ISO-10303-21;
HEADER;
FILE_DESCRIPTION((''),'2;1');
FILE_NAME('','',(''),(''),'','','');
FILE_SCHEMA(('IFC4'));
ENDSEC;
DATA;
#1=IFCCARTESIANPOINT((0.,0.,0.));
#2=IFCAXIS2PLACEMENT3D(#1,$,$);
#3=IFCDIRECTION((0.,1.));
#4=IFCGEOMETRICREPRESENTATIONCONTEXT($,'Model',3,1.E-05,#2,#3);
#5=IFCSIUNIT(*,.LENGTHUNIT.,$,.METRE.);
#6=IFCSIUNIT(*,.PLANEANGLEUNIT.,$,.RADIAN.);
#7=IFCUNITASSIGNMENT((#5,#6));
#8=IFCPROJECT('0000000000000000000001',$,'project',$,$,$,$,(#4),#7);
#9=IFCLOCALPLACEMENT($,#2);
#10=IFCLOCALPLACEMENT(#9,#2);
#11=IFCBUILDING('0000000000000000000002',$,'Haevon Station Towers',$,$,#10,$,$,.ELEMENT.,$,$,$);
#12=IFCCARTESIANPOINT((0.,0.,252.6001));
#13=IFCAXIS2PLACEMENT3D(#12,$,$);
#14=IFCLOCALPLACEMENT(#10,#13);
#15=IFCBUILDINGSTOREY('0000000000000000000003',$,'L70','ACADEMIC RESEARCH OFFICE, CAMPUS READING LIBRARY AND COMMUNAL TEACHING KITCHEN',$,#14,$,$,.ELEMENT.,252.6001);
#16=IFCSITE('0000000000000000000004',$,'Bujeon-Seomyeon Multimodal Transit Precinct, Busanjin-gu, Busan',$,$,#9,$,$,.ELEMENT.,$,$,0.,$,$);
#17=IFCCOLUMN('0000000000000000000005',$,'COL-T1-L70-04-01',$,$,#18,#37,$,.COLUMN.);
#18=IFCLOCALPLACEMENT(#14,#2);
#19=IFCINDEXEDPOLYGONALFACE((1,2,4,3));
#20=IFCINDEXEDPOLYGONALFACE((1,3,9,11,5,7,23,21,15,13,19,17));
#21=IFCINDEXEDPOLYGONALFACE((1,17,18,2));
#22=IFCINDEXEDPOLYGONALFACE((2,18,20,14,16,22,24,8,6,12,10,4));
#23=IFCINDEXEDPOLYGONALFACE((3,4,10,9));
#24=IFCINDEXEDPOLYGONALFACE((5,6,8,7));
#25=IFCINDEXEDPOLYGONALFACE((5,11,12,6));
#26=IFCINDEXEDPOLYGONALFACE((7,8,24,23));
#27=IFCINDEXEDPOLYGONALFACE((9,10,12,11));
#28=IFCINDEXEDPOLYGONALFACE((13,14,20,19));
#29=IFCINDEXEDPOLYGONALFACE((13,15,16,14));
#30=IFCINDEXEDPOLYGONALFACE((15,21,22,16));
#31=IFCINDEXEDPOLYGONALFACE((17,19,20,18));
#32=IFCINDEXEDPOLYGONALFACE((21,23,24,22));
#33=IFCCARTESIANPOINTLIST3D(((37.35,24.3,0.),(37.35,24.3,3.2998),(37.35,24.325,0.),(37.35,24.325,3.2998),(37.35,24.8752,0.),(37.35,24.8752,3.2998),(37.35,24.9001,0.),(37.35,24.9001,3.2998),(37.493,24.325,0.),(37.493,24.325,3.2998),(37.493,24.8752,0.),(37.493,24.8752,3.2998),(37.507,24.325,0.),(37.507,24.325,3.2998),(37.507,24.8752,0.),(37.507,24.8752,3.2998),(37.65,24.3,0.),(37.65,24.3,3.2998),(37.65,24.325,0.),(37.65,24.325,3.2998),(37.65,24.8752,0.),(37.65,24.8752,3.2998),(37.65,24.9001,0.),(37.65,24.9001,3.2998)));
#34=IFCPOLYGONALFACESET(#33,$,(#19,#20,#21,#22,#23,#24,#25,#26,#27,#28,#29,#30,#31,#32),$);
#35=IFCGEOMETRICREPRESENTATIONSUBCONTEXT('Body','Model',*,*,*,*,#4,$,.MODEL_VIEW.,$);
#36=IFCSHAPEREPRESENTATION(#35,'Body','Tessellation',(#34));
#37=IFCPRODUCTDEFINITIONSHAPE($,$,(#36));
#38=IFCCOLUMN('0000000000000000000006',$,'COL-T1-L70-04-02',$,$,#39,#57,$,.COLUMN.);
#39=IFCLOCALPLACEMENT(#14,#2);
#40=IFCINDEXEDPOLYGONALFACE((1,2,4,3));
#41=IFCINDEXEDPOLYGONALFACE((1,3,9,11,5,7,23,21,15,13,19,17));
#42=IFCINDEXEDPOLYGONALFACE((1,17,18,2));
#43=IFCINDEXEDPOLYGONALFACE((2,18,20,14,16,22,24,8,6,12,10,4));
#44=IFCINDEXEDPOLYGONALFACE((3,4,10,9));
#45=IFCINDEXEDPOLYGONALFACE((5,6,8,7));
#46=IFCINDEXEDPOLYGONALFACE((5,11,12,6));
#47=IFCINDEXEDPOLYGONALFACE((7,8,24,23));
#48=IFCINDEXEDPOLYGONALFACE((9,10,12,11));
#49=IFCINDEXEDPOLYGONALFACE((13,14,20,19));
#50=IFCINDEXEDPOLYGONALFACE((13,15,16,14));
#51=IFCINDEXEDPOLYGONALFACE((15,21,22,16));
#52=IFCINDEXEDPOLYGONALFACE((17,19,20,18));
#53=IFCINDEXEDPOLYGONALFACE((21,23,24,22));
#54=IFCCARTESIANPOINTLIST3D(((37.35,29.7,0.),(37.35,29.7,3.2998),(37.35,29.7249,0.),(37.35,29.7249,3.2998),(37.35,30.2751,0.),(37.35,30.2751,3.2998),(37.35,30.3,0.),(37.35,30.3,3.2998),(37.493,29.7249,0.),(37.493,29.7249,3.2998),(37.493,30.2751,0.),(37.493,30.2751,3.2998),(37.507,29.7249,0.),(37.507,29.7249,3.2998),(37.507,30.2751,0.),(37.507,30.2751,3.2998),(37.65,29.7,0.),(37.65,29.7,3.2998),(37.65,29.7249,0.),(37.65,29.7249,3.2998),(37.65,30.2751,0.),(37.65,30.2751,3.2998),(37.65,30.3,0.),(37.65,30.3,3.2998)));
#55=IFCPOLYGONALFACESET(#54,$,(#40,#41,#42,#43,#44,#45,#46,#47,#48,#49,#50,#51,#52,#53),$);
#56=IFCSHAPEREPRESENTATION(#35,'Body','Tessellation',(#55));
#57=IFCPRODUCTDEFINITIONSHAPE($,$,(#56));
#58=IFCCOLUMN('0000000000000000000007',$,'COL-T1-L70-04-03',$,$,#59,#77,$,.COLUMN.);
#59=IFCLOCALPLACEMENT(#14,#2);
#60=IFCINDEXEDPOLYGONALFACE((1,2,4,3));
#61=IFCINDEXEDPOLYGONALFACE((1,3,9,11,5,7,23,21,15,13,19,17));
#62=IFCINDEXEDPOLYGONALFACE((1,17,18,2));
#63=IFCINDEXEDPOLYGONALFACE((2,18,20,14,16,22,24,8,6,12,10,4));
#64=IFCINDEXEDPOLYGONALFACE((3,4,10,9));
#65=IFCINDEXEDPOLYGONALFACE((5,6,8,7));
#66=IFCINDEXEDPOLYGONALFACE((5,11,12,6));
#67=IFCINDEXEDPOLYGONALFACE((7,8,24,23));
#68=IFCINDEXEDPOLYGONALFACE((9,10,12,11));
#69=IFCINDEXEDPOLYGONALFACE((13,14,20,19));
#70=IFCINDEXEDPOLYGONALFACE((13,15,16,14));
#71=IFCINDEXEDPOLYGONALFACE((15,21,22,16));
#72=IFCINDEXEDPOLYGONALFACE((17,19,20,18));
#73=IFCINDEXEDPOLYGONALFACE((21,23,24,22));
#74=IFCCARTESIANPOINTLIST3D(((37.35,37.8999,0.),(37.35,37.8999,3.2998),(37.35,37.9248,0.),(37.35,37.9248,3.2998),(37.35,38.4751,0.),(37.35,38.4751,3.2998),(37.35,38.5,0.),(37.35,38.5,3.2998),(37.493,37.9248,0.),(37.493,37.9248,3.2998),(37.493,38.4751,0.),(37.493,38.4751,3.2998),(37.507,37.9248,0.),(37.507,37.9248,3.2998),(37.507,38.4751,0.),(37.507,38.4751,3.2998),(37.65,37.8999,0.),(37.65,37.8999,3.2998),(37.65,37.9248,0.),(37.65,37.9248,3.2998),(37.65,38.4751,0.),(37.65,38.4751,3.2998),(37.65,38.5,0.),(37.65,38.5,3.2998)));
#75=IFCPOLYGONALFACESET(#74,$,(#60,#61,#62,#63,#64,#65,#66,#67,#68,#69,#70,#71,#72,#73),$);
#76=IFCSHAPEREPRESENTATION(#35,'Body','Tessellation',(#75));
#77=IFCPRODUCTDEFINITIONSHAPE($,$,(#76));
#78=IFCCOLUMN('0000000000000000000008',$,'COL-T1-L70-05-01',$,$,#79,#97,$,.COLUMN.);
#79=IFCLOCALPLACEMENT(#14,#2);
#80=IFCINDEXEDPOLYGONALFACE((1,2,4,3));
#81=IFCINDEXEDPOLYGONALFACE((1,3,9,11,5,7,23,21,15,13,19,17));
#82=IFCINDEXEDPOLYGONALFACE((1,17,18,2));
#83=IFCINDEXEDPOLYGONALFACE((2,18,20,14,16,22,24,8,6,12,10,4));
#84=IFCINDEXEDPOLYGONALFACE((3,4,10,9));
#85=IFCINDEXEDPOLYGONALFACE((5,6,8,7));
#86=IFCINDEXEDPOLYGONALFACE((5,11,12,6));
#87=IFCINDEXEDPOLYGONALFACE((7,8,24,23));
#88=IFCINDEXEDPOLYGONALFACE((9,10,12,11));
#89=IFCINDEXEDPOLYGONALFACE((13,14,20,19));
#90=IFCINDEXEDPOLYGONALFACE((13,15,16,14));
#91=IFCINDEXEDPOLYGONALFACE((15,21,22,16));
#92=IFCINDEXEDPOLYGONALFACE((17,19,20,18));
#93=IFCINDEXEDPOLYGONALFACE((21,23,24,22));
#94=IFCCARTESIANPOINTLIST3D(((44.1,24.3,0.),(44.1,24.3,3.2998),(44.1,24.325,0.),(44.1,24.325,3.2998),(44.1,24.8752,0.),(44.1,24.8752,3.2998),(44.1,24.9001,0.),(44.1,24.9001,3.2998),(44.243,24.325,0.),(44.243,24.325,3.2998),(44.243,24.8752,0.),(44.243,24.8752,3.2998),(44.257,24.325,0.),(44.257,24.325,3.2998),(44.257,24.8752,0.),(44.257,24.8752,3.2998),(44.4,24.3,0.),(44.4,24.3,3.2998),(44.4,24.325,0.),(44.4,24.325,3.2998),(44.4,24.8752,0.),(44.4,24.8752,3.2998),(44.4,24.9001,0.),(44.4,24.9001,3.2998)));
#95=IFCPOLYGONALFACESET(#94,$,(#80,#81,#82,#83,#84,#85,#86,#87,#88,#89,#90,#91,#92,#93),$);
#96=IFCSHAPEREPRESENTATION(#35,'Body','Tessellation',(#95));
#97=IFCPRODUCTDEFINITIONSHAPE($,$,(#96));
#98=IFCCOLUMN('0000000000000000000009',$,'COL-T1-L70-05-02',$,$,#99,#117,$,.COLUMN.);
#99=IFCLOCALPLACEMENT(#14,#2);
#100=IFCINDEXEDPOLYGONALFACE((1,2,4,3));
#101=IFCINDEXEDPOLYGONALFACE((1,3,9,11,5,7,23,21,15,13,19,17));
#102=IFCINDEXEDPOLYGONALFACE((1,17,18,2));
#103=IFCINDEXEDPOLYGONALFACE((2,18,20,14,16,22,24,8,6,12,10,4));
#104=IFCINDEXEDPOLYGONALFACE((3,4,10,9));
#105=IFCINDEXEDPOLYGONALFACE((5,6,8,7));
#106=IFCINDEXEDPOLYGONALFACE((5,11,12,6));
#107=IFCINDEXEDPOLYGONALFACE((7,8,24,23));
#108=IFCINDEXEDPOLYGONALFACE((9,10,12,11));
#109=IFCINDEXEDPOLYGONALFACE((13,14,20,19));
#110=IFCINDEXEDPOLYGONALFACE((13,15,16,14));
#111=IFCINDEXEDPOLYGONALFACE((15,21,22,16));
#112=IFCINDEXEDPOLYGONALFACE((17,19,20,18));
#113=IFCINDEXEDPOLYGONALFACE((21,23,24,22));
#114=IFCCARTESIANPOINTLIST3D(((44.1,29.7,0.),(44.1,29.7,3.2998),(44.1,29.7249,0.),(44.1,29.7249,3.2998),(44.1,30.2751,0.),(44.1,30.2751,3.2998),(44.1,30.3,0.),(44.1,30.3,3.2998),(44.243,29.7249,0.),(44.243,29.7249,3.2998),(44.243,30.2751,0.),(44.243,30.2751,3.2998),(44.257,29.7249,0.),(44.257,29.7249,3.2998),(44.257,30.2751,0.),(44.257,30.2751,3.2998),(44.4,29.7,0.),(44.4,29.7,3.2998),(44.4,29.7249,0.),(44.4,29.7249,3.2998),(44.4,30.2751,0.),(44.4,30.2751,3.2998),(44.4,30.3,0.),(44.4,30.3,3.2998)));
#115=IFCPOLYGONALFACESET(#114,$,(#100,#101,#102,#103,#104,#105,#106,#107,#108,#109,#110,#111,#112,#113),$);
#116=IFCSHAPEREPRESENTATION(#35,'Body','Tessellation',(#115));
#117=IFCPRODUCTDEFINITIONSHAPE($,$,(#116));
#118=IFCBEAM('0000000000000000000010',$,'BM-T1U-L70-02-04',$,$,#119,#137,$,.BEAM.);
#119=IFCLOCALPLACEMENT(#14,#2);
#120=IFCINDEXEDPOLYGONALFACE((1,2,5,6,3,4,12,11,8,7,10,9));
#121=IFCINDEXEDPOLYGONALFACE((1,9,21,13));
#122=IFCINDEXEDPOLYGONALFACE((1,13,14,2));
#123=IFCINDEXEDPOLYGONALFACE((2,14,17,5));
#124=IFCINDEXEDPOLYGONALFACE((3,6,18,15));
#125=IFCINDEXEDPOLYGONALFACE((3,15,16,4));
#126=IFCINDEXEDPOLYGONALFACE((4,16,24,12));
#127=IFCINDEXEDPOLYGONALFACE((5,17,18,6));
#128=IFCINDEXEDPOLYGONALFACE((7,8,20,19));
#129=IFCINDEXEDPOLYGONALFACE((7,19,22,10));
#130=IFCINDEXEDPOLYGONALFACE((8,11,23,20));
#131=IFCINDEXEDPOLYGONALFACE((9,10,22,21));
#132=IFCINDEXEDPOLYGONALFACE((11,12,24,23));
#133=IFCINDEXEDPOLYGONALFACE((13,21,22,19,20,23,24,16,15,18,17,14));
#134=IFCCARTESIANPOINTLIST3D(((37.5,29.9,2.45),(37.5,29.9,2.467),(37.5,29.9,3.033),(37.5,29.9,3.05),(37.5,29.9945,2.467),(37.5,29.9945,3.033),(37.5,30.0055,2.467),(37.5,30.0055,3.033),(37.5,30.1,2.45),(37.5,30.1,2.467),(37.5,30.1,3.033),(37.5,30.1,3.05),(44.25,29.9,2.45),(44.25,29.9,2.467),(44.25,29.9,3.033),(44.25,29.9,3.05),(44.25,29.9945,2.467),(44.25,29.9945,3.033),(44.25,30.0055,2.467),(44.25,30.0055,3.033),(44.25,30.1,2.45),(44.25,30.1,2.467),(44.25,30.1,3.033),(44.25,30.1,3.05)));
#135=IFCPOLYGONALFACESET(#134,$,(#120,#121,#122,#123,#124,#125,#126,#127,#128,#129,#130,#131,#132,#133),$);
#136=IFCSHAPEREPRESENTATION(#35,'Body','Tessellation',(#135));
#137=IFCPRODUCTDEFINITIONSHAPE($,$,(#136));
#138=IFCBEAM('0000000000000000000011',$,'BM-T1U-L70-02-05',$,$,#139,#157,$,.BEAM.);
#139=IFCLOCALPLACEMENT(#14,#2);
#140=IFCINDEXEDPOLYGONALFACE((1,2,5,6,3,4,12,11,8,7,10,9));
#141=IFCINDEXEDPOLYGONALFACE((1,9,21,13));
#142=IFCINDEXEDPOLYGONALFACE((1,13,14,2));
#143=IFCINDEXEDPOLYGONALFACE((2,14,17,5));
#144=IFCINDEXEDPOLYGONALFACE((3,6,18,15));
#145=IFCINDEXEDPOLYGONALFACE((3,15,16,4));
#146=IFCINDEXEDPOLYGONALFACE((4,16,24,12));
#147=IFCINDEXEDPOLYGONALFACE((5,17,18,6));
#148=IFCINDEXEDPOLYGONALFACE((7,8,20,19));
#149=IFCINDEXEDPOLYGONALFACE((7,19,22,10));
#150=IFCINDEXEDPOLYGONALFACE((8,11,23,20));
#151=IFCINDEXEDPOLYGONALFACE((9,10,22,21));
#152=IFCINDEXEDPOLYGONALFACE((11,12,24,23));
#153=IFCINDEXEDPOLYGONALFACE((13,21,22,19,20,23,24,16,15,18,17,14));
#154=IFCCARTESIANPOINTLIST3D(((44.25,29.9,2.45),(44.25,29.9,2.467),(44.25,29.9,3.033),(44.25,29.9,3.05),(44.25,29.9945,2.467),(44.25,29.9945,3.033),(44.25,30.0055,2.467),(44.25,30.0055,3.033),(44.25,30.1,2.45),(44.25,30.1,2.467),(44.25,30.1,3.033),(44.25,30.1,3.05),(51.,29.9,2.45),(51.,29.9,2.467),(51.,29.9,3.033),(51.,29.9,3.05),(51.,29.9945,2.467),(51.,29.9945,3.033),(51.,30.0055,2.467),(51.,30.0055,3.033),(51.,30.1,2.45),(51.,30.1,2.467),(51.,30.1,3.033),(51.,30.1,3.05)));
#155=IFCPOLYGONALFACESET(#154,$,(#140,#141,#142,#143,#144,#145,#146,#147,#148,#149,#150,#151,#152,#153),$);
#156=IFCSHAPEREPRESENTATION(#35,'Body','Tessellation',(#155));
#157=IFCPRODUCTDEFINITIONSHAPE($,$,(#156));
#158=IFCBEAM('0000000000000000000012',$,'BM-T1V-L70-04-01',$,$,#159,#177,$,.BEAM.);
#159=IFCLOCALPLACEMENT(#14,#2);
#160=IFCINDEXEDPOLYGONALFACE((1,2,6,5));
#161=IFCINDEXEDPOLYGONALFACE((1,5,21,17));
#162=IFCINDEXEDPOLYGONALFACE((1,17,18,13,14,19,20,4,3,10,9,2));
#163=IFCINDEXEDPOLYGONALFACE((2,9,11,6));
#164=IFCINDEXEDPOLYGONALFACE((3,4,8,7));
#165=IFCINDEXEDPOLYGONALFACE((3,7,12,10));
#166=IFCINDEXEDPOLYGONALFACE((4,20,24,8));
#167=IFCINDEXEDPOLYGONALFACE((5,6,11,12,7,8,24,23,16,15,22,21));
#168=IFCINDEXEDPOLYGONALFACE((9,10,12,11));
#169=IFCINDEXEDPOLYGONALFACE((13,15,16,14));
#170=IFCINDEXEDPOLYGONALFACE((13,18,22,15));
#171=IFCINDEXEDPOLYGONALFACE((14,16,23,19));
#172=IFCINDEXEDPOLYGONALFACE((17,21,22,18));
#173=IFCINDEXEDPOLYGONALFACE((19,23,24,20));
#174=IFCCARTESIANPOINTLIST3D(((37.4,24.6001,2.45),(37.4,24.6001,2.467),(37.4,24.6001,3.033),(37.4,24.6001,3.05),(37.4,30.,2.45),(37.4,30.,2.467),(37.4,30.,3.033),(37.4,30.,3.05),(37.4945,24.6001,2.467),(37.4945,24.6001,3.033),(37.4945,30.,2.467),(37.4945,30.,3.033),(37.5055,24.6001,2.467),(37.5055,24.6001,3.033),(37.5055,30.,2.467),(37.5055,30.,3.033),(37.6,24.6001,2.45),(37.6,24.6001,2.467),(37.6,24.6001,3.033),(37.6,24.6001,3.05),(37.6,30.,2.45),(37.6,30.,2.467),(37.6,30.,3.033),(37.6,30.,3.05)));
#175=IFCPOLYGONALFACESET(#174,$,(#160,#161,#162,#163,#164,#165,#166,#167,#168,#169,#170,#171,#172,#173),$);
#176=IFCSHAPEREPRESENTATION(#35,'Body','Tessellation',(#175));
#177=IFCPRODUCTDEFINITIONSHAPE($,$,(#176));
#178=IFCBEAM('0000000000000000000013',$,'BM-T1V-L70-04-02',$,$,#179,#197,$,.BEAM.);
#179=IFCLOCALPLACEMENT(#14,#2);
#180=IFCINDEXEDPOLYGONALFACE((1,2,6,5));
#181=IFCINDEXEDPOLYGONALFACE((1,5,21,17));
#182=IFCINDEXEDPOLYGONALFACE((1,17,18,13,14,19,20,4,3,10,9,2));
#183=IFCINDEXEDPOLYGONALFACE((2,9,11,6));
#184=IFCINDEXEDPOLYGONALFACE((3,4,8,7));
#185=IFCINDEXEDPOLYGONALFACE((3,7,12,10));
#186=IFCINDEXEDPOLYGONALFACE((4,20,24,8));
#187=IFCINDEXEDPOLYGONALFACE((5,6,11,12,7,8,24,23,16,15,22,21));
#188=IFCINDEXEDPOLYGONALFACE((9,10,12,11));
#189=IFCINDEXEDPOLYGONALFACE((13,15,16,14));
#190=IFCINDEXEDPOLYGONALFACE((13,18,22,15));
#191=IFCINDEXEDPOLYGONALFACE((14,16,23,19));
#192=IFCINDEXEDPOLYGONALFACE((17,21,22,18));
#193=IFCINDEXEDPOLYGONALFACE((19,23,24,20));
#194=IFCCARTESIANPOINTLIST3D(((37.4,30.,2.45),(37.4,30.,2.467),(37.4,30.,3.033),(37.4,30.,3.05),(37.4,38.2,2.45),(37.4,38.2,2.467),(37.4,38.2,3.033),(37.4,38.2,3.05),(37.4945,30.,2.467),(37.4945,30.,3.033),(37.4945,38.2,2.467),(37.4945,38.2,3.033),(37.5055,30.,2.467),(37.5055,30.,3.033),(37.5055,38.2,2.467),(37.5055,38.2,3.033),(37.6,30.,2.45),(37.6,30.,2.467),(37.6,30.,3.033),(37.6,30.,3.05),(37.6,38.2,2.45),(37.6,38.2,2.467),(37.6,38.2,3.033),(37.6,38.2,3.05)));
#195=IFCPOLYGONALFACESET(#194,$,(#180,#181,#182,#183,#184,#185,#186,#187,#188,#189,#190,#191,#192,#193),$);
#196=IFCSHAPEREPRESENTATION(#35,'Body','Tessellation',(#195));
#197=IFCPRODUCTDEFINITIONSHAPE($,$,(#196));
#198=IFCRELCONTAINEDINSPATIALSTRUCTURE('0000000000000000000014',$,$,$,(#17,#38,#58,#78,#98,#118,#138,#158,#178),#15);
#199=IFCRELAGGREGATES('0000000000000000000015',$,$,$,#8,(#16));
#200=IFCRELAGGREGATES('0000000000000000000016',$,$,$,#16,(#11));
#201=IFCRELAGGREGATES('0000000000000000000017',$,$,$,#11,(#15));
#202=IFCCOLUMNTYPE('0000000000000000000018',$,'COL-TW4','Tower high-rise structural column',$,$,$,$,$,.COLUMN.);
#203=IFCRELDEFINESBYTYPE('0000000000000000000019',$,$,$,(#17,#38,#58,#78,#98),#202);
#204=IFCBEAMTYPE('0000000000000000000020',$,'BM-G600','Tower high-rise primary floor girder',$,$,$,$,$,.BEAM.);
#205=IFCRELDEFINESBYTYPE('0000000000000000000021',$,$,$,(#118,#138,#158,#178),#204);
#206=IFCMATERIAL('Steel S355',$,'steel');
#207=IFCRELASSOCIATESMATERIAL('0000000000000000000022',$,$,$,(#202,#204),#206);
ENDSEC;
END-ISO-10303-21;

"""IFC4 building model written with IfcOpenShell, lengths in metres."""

from ifc_helpers import new_model, si_unit, direction, frame, origin, origin_2d, place, context, subcontext, project, spatial, i_section, extrude, material, material_profile, profile_set, type_object, element, save


model = new_model("IFC4")

# Units and contexts
model_context = context("Model", 3, precision=1e-05, world=origin(), true_north=direction((0.0, 1.0)))
body_context = subcontext(model_context, "Body", "Model", "MODEL_VIEW")
ifc_project = project(units=[si_unit("LENGTHUNIT", "METRE"), si_unit("PLANEANGLEUNIT", "RADIAN")], contexts=[model_context])

# Site, building, storey
site_placement = place(None, origin())
site = spatial("IfcSite", under=ifc_project, at=site_placement, Name="Bujeon-Seomyeon Multimodal Transit Precinct, Busanjin-gu, Busan", CompositionType="ELEMENT", RefElevation=0.0)
building_placement = place(site_placement, origin())
building = spatial("IfcBuilding", under=site, at=building_placement, Name="Haevon Station Towers", CompositionType="ELEMENT")
storey_placement = place(building_placement, frame((0.0, 0.0, 252.6001)))
storey = spatial("IfcBuildingStorey", under=building, at=storey_placement, Name="L70", Description="ACADEMIC RESEARCH OFFICE, CAMPUS READING LIBRARY AND COMMUNAL TEACHING KITCHEN", CompositionType="ELEMENT", Elevation=252.6001)

# Columns
ifc_material_1 = material(Name="Steel S355", Category="steel")
ifc_material_profile_1 = material_profile(ifc_material_1, i_section(OverallWidth=0.3, OverallDepth=0.6001, WebThickness=0.0139, FlangeThickness=0.0249, at=origin_2d()), Name="H-600x300x14x25")
ifc_profile_set_1 = profile_set([ifc_material_profile_1], Name="Steel S355")
column_type = type_object("IfcColumnType", Name="COL-TW4", Description="Tower high-rise structural column", PredefinedType="COLUMN", material=ifc_profile_set_1)
for number, where, z_axis, x_axis, name in (
    (1, (37.5, 24.6001, 0.0), (0.0, 0.0, 1.0), (1.0, 0.0, 0.0), "COL-T1-L70-04-01"),
    (2, (37.5, 30.0, 0.0), (0.0, 0.0, 1.0), (1.0, 0.0, 0.0), "COL-T1-L70-04-02"),
    (3, (37.5, 38.2, 0.0), (0.0, 0.0, 1.0), (1.0, 0.0, 0.0), "COL-T1-L70-04-03"),
    (4, (44.25, 24.6001, 0.0), (0.0, 0.0, 1.0), (1.0, 0.0, 0.0), "COL-T1-L70-05-01"),
    (5, (44.25, 30.0, 0.0), (0.0, 0.0, 1.0), (1.0, 0.0, 0.0), "COL-T1-L70-05-02"),
):
    element("IfcColumn", number, at=place(storey_placement, frame(where, z_axis=z_axis, x_axis=x_axis)), inside=storey, type_object=column_type, Name=name, PredefinedType="COLUMN", context=body_context, shape_type="SweptSolid", body=[
        extrude(i_section(OverallWidth=0.3, OverallDepth=0.6001, WebThickness=0.0139, FlangeThickness=0.0249, at=origin_2d()), origin(), (0.0, 0.0, 1.0), 3.2998),
    ])

# Beams
ifc_material_profile_2 = material_profile(ifc_material_1, i_section(OverallWidth=0.2, OverallDepth=0.6001, WebThickness=0.011, FlangeThickness=0.0171, at=origin_2d()), Name="H-600x200x11x17")
ifc_profile_set_2 = profile_set([ifc_material_profile_2], Name="Steel S355")
beam_type_1 = type_object("IfcBeamType", Name="BM-G600", Description="Tower high-rise primary floor girder", PredefinedType="BEAM", material=ifc_profile_set_2)
for number, where, z_axis, x_axis, name in (
    (6, (37.5, 30.0, 2.75), (1.0, 0.0, 0.0), (0.0, 1.0, 0.0), "BM-T1U-L70-02-04"),
    (7, (44.25, 30.0, 2.75), (1.0, 0.0, 0.0), (0.0, 1.0, 0.0), "BM-T1U-L70-02-05"),
):
    element("IfcBeam", number, at=place(storey_placement, frame(where, z_axis=z_axis, x_axis=x_axis)), inside=storey, type_object=beam_type_1, Name=name, PredefinedType="BEAM", context=body_context, shape_type="SweptSolid", body=[
        extrude(i_section(OverallWidth=0.2, OverallDepth=0.6001, WebThickness=0.011, FlangeThickness=0.0171, at=origin_2d()), origin(), (0.0, 0.0, 1.0), 6.75),
    ])
beam_1_placement = place(storey_placement, frame((37.5, 24.6001, 2.75), z_axis=(0.0, 1.0, 0.0), x_axis=(-1.0, 0.0, 0.0)))
element("IfcBeam", 8, at=beam_1_placement, inside=storey, type_object=beam_type_1, Name="BM-T1V-L70-04-01", PredefinedType="BEAM", context=body_context, shape_type="SweptSolid", body=[
    extrude(i_section(OverallWidth=0.2, OverallDepth=0.6001, WebThickness=0.011, FlangeThickness=0.0171, at=origin_2d()), origin(), (0.0, 0.0, 1.0), 5.3999),
])
beam_2_placement = place(storey_placement, frame((37.5, 30.0, 2.75), z_axis=(0.0, 1.0, 0.0), x_axis=(-1.0, 0.0, 0.0)))
element("IfcBeam", 9, at=beam_2_placement, inside=storey, type_object=beam_type_1, Name="BM-T1V-L70-04-02", PredefinedType="BEAM", context=body_context, shape_type="SweptSolid", body=[
    extrude(i_section(OverallWidth=0.2, OverallDepth=0.6001, WebThickness=0.011, FlangeThickness=0.0171, at=origin_2d()), origin(), (0.0, 0.0, 1.0), 8.2),
])

save(model, "model.ifc")
